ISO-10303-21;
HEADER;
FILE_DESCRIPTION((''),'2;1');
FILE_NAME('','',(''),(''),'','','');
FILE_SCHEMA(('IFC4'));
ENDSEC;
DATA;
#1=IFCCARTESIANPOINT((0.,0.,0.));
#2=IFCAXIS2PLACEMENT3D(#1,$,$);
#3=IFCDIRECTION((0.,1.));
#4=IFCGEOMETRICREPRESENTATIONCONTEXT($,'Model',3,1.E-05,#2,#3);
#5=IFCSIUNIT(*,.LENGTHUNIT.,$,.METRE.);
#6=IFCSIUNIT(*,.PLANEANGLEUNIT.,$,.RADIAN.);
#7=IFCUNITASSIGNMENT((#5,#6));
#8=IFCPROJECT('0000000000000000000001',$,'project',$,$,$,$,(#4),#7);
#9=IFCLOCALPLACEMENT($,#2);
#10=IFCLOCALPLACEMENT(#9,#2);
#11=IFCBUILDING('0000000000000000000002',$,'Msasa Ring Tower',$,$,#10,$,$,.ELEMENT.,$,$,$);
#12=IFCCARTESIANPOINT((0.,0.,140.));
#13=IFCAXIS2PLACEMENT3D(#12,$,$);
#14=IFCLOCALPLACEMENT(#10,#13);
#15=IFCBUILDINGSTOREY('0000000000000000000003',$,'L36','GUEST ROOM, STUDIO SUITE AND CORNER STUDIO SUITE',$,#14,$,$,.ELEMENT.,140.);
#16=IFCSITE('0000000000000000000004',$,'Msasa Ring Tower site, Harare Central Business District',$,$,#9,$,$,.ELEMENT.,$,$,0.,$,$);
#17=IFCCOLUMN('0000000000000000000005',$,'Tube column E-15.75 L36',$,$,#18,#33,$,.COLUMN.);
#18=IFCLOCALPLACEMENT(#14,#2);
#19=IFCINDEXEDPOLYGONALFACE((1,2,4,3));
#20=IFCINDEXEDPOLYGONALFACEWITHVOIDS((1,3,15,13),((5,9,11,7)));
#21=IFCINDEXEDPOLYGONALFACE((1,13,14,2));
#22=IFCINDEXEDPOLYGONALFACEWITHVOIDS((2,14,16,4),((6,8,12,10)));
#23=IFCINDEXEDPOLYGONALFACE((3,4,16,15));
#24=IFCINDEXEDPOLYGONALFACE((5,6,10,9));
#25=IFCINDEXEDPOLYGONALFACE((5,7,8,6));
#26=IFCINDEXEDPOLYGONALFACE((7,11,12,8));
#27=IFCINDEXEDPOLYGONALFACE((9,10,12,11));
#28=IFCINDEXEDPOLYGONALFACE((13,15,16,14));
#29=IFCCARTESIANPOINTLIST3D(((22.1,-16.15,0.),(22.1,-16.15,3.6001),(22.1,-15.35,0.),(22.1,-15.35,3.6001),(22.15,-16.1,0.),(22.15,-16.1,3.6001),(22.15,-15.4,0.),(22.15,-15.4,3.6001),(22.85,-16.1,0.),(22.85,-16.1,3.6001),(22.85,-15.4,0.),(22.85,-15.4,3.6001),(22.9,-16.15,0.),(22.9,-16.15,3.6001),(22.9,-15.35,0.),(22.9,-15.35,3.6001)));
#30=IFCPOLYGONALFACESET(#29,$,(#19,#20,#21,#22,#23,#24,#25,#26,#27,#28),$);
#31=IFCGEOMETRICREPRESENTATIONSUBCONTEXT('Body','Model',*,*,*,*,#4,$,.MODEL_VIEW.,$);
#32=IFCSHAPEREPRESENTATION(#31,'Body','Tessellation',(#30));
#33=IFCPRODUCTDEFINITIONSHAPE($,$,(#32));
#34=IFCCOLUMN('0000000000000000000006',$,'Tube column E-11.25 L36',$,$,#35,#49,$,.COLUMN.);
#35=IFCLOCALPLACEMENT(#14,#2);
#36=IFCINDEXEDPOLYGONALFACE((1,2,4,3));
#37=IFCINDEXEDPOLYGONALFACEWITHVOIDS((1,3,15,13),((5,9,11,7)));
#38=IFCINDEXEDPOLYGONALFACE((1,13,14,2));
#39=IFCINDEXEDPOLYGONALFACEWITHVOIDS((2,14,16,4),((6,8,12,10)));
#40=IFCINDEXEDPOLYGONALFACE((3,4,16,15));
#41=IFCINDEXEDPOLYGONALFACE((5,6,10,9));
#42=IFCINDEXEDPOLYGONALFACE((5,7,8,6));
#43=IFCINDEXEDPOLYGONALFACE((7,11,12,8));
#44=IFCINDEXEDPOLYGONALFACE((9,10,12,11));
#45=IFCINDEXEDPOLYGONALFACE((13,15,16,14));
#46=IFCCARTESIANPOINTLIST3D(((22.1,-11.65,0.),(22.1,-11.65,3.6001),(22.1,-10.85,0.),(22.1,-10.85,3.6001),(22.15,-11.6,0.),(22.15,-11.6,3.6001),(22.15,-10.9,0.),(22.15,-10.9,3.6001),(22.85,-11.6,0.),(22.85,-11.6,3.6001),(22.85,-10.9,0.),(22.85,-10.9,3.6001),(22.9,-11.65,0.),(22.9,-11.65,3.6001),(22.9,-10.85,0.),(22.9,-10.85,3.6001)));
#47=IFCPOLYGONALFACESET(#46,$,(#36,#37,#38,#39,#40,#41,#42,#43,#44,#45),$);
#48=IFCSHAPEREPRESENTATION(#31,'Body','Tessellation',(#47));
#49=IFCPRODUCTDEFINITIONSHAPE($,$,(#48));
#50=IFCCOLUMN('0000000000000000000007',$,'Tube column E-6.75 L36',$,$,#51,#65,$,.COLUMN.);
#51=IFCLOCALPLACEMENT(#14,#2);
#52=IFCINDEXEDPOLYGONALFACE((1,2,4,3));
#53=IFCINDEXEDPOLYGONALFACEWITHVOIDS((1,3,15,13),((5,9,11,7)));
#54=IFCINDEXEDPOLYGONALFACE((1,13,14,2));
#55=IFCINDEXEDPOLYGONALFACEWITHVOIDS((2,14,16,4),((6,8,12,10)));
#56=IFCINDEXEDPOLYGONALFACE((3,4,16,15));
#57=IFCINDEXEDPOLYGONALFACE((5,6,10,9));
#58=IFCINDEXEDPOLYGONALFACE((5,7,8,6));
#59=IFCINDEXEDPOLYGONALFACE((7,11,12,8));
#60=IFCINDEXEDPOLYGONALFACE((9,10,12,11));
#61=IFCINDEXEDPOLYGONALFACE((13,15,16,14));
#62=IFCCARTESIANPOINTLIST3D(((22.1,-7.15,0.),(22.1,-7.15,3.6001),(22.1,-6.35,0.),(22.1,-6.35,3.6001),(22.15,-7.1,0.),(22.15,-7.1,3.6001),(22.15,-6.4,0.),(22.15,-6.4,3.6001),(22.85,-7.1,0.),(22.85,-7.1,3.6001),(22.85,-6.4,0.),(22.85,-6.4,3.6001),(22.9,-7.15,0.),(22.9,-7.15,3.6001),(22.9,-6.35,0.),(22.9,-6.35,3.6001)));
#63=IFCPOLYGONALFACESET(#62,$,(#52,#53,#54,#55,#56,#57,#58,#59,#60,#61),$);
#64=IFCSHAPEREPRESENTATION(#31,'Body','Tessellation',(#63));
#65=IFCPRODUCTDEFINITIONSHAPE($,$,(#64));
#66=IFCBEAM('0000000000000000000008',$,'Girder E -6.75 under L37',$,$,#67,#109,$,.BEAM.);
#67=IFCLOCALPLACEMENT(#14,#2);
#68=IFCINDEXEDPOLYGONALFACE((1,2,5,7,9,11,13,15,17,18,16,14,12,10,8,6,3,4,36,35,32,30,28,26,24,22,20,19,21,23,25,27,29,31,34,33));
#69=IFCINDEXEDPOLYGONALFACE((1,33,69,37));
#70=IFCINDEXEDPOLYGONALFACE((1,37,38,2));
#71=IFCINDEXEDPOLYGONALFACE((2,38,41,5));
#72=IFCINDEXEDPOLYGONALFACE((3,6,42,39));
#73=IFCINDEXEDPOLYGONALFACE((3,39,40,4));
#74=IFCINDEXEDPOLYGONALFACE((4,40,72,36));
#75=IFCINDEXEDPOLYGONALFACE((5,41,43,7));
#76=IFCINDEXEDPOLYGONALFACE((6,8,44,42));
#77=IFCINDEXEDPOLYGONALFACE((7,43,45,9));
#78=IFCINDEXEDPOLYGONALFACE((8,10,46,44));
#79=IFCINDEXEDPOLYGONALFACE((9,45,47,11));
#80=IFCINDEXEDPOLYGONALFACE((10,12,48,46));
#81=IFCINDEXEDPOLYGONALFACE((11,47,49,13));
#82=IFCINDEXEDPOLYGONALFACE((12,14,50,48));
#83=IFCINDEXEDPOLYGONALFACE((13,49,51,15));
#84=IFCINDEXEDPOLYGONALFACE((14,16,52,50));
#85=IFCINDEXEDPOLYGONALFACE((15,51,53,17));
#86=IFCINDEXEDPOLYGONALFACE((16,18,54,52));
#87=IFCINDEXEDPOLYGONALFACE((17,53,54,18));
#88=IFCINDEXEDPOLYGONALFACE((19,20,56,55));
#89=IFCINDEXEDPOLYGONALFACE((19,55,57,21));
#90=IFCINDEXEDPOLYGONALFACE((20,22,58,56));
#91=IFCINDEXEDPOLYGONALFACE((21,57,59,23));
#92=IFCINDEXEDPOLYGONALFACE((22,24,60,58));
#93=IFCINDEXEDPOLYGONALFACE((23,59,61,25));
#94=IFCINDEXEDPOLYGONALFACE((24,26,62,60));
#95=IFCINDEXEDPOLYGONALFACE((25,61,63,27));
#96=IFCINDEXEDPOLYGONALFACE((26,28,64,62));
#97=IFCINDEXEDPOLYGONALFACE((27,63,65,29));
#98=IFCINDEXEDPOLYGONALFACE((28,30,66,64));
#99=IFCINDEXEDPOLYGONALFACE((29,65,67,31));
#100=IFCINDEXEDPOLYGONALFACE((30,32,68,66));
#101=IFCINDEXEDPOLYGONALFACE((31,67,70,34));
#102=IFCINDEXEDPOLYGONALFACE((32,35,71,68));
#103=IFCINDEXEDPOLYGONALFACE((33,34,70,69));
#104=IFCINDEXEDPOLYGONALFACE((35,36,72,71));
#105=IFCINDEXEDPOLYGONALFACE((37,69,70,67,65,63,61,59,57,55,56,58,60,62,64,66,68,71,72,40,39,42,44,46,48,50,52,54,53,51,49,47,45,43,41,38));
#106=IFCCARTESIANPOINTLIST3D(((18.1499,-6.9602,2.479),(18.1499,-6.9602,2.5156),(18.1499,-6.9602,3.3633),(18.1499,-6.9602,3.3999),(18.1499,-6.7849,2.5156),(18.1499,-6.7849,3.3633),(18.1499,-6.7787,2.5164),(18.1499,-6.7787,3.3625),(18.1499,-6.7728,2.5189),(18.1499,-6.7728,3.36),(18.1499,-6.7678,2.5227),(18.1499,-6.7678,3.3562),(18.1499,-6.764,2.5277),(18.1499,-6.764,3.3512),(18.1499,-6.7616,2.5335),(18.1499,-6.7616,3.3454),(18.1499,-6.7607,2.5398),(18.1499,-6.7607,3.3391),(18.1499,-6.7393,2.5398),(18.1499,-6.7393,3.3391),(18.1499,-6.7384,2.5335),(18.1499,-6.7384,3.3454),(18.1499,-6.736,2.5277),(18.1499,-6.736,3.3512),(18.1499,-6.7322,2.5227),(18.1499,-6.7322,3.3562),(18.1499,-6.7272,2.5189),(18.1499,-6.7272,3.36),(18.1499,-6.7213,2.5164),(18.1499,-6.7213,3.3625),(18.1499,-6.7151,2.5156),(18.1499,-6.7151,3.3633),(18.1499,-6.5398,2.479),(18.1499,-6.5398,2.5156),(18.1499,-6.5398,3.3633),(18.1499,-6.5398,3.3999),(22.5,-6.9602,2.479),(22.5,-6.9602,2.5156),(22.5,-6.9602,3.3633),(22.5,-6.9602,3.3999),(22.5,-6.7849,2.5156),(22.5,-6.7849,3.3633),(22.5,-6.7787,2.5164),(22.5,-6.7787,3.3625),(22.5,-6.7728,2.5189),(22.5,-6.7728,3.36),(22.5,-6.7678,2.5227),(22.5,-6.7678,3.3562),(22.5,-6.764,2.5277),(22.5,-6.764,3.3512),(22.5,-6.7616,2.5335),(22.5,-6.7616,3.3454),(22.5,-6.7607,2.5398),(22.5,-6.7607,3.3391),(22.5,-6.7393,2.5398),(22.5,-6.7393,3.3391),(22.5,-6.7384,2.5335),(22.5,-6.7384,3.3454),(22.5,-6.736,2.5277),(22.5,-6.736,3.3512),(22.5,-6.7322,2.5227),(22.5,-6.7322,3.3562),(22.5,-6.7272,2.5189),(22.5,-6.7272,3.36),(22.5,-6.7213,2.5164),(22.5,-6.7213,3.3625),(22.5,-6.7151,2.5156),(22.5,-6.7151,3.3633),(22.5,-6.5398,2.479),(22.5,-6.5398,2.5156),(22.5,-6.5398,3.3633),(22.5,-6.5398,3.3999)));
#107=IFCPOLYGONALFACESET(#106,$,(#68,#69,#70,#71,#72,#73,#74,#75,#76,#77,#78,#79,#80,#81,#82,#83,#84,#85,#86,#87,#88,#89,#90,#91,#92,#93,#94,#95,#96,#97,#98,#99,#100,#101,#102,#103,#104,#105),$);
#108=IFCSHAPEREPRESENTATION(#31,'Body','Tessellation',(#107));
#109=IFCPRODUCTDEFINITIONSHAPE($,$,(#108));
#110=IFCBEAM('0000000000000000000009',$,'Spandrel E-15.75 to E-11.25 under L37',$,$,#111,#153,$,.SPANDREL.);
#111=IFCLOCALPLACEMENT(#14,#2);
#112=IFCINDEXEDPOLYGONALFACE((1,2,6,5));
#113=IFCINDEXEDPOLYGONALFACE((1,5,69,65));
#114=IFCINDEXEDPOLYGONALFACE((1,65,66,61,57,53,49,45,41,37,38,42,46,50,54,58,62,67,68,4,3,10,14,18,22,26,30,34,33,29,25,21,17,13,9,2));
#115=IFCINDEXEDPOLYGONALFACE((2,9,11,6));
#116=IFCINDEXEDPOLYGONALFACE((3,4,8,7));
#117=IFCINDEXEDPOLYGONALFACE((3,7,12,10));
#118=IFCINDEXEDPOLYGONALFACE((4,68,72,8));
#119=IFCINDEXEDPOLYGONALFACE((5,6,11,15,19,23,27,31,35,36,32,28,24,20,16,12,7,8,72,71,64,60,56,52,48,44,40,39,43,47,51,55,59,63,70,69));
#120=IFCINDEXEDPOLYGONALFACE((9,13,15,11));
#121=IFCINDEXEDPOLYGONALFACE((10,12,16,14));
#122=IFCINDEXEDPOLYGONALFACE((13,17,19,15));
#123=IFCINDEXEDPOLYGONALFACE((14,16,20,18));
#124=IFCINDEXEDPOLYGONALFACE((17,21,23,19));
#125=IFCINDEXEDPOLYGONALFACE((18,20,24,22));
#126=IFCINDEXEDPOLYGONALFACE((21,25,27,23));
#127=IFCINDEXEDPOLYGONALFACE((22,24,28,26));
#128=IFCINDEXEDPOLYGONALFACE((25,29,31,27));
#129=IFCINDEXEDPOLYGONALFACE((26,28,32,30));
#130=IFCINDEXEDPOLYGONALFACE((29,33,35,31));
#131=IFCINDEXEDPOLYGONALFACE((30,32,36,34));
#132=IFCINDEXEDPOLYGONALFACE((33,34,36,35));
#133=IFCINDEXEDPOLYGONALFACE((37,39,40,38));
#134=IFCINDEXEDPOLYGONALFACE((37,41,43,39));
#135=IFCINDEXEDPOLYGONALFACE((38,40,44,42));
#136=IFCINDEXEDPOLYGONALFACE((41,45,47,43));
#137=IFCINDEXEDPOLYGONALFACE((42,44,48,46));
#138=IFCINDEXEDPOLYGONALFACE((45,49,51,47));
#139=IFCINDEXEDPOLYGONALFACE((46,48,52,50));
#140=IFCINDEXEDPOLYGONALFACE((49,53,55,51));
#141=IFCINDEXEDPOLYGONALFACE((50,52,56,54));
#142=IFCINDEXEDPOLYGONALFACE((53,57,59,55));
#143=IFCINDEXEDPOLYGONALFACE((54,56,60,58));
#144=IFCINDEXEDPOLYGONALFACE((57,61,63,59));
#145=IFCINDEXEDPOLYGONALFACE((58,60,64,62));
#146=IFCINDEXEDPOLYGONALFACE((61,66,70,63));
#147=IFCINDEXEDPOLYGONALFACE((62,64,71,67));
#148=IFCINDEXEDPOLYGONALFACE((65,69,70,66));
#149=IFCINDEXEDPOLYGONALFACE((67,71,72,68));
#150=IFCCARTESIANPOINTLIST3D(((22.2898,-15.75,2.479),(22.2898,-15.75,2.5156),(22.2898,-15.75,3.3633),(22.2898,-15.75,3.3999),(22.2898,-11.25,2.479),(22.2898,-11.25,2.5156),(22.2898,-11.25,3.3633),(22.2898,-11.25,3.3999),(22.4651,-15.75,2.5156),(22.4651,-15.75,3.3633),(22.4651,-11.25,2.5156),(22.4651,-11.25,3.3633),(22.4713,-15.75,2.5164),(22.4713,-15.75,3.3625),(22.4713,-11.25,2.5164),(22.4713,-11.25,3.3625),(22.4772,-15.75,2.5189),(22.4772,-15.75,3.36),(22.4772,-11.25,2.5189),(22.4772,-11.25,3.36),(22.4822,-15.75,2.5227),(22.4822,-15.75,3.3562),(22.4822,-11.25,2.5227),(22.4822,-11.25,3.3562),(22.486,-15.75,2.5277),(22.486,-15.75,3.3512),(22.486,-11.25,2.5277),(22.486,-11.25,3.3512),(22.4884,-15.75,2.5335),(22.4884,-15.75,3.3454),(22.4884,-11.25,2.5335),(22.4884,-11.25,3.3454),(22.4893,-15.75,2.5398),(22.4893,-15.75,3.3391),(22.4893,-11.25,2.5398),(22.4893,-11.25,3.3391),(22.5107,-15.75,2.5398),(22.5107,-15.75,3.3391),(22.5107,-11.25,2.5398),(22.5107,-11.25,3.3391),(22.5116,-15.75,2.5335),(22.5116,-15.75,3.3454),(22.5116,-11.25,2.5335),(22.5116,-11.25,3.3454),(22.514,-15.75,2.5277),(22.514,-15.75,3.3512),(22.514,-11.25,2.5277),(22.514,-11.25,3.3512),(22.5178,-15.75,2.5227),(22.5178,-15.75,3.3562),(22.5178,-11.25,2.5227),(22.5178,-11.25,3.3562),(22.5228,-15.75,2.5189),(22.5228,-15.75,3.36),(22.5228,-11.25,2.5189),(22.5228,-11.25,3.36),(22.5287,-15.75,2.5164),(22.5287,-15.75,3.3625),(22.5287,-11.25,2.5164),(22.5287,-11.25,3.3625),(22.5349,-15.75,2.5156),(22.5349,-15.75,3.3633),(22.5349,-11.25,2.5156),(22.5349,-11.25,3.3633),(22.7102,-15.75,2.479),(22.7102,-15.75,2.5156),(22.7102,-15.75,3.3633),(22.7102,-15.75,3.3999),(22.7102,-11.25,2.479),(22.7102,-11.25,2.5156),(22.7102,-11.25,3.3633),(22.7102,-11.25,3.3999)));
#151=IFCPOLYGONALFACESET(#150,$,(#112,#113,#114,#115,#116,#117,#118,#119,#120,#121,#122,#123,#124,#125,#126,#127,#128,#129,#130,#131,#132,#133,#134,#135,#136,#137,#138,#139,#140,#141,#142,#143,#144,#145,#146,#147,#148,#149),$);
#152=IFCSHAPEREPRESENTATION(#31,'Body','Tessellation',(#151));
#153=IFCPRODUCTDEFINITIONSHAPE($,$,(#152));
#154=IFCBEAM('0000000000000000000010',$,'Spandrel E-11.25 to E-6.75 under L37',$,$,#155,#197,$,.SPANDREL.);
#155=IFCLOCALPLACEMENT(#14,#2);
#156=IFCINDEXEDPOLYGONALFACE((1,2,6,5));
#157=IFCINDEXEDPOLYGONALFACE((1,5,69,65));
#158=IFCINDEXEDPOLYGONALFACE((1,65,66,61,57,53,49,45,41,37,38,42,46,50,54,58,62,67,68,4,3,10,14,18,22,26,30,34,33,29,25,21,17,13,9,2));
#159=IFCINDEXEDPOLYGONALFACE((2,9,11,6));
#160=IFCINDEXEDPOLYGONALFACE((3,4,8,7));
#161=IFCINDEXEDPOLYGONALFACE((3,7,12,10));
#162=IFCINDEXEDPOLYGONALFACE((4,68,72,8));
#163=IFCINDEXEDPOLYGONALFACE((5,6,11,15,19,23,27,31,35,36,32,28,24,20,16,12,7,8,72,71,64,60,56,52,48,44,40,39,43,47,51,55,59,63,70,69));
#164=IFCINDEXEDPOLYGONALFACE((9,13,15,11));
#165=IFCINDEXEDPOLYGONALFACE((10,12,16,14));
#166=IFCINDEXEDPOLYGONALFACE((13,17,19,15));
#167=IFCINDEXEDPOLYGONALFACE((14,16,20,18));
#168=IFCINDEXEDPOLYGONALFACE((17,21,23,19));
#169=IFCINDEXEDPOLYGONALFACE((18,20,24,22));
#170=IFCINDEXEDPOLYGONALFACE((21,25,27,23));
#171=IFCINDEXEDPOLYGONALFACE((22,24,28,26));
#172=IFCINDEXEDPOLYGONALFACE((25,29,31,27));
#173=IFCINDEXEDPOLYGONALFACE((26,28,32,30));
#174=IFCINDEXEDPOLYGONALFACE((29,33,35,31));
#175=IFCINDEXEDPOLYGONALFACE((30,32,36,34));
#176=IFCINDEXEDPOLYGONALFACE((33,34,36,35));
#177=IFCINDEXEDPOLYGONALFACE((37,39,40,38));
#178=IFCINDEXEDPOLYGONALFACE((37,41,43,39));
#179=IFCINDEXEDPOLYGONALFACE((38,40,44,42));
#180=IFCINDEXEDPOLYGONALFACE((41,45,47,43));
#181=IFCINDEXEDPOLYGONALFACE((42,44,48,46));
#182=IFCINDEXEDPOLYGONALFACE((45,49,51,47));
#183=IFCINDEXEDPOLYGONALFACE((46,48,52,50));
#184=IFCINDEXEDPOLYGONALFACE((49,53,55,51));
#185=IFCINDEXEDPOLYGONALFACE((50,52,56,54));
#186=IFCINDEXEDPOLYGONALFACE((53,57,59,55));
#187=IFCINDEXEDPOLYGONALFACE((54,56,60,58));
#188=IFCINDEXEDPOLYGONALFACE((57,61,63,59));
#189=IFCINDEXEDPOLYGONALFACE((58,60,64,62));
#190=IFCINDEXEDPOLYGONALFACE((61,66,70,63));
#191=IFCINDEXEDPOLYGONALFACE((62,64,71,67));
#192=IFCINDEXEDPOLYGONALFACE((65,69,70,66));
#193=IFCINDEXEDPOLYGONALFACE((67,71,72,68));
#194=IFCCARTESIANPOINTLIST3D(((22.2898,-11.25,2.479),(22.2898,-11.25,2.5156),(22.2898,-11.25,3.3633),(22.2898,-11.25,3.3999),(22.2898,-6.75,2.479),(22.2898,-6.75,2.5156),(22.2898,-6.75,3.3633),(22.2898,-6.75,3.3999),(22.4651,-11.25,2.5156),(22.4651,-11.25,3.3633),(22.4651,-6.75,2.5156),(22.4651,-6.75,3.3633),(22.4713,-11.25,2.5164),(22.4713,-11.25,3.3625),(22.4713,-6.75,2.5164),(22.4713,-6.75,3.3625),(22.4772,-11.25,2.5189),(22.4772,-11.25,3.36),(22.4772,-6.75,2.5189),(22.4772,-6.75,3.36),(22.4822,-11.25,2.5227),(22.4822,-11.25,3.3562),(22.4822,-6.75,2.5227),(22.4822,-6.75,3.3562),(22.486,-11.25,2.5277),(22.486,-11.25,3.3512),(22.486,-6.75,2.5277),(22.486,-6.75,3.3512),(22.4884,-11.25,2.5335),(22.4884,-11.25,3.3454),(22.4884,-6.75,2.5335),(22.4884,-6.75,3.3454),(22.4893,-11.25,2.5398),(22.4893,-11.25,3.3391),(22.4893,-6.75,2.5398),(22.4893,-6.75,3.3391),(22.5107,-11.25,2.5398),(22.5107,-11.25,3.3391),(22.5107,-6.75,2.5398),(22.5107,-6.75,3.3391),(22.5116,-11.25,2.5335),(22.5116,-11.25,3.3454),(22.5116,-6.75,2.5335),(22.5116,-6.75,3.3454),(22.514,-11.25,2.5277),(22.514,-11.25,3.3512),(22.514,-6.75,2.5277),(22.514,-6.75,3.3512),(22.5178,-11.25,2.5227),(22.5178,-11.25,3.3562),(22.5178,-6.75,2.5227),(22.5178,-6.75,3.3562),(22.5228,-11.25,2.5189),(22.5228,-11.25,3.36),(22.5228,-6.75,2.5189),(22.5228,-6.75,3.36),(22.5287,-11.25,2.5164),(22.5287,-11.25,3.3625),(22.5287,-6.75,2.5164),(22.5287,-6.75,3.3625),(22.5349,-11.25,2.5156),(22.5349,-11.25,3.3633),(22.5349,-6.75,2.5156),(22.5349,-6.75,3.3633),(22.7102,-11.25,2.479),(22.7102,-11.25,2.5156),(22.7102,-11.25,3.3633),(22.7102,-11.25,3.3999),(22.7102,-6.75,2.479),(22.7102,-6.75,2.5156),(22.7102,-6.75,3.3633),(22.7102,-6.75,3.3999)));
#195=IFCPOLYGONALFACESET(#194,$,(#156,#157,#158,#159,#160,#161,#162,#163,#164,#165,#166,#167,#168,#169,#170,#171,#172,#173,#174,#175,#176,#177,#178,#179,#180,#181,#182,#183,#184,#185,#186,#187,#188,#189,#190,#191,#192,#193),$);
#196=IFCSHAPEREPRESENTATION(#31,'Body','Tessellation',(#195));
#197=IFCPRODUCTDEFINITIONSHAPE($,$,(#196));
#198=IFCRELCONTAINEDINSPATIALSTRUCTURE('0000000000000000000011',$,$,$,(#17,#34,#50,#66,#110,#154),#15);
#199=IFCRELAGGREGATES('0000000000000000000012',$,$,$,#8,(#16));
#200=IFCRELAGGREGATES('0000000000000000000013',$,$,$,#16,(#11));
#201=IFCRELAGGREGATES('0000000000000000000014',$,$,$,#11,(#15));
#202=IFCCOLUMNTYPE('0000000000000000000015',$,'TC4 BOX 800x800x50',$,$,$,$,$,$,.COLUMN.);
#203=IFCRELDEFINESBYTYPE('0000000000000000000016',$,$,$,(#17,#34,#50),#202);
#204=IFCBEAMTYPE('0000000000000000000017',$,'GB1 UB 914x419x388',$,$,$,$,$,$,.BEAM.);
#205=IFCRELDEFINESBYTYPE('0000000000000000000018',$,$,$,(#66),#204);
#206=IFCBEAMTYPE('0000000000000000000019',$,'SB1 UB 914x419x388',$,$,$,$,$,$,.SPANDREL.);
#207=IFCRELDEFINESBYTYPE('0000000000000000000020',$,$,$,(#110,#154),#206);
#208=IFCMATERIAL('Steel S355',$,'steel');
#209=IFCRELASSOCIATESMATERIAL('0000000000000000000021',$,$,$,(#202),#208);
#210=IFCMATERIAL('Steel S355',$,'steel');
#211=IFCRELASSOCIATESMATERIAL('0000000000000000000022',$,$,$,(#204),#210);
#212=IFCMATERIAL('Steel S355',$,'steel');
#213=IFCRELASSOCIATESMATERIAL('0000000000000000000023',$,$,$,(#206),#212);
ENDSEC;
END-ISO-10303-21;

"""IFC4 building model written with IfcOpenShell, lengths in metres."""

from ifc_helpers import new_model, si_unit, direction, frame, origin, origin_2d, place, context, subcontext, project, spatial, hollow_rectangle, i_section, extrude, material, material_profile, profile_set, type_object, element, save


model = new_model("IFC4")

# Units and contexts
model_context = context("Model", 3, precision=1e-05, world=origin(), true_north=direction((0.0, 1.0)))
body_context = subcontext(model_context, "Body", "Model", "MODEL_VIEW")
ifc_project = project(units=[si_unit("LENGTHUNIT", "METRE"), si_unit("PLANEANGLEUNIT", "RADIAN")], contexts=[model_context])

# Site, building, storey
site_placement = place(None, origin())
site = spatial("IfcSite", under=ifc_project, at=site_placement, Name="Msasa Ring Tower site, Harare Central Business District", CompositionType="ELEMENT", RefElevation=0.0)
building_placement = place(site_placement, origin())
building = spatial("IfcBuilding", under=site, at=building_placement, Name="Msasa Ring Tower", CompositionType="ELEMENT")
storey_placement = place(building_placement, frame((0.0, 0.0, 140.0)))
storey = spatial("IfcBuildingStorey", under=building, at=storey_placement, Name="L36", Description="GUEST ROOM, STUDIO SUITE AND CORNER STUDIO SUITE", CompositionType="ELEMENT", Elevation=140.0)

# Columns
ifc_material_1 = material(Name="Steel S355", Category="steel")
ifc_material_profile_1 = material_profile(ifc_material_1, hollow_rectangle(XDim=0.8, YDim=0.8, WallThickness=0.05, at=origin_2d()), Name="BOX 800x800x50")
ifc_profile_set_1 = profile_set([ifc_material_profile_1], Name="Steel S355")
column_type = type_object("IfcColumnType", Name="TC4 BOX 800x800x50", PredefinedType="COLUMN", material=ifc_profile_set_1)
for number, where, z_axis, x_axis, name in (
    (1, (22.5, -15.75, 0.0), (0.0, 0.0, 1.0), (1.0, 0.0, 0.0), "Tube column E-15.75 L36"),
    (2, (22.5, -11.25, 0.0), (0.0, 0.0, 1.0), (1.0, 0.0, 0.0), "Tube column E-11.25 L36"),
    (3, (22.5, -6.75, 0.0), (0.0, 0.0, 1.0), (1.0, 0.0, 0.0), "Tube column E-6.75 L36"),
):
    element("IfcColumn", number, at=place(storey_placement, frame(where, z_axis=z_axis, x_axis=x_axis)), inside=storey, type_object=column_type, Name=name, PredefinedType="COLUMN", context=body_context, shape_type="SweptSolid", body=[
        extrude(hollow_rectangle(XDim=0.8, YDim=0.8, WallThickness=0.05, at=origin_2d()), origin(), (0.0, 0.0, 1.0), 3.6001),
    ])

# Beams
ifc_material_2 = material(Name="Steel S355", Category="steel")
ifc_material_profile_2 = material_profile(ifc_material_2, i_section(OverallWidth=0.4204, OverallDepth=0.9209, WebThickness=0.0215, FlangeThickness=0.0366, FilletRadius=0.0242, at=origin_2d()), Name="UB 914x419x388")
ifc_profile_set_2 = profile_set([ifc_material_profile_2], Name="Steel S355")
beam_type_1 = type_object("IfcBeamType", Name="GB1 UB 914x419x388", PredefinedType="BEAM", material=ifc_profile_set_2)
beam_placement = place(storey_placement, frame((18.1499, -6.75, 2.9395), z_axis=(1.0, 0.0, 0.0), x_axis=(0.0, 1.0, 0.0)))
element("IfcBeam", 4, at=beam_placement, inside=storey, type_object=beam_type_1, Name="Girder E -6.75 under L37", PredefinedType="BEAM", context=body_context, shape_type="SweptSolid", body=[
    extrude(i_section(OverallWidth=0.4204, OverallDepth=0.9209, WebThickness=0.0215, FlangeThickness=0.0366, FilletRadius=0.0242, at=origin_2d()), origin(), (0.0, 0.0, 1.0), 4.3501),
])
ifc_material_3 = material(Name="Steel S355", Category="steel")
ifc_material_profile_3 = material_profile(ifc_material_3, i_section(OverallWidth=0.4204, OverallDepth=0.9209, WebThickness=0.0215, FlangeThickness=0.0366, FilletRadius=0.0242, at=origin_2d()), Name="UB 914x419x388")
ifc_profile_set_3 = profile_set([ifc_material_profile_3], Name="Steel S355")
beam_type_2 = type_object("IfcBeamType", Name="SB1 UB 914x419x388", PredefinedType="SPANDREL", material=ifc_profile_set_3)
for number, where, z_axis, x_axis, name in (
    (5, (22.5, -15.75, 2.9395), (0.0, 1.0, 0.0), (-1.0, 0.0, 0.0), "Spandrel E-15.75 to E-11.25 under L37"),
    (6, (22.5, -11.25, 2.9395), (0.0, 1.0, 0.0), (-1.0, 0.0, 0.0), "Spandrel E-11.25 to E-6.75 under L37"),
):
    element("IfcBeam", number, at=place(storey_placement, frame(where, z_axis=z_axis, x_axis=x_axis)), inside=storey, type_object=beam_type_2, Name=name, PredefinedType="SPANDREL", context=body_context, shape_type="SweptSolid", body=[
        extrude(i_section(OverallWidth=0.4204, OverallDepth=0.9209, WebThickness=0.0215, FlangeThickness=0.0366, FilletRadius=0.0242, at=origin_2d()), origin(), (0.0, 0.0, 1.0), 4.5),
    ])

save(model, "model.ifc")
